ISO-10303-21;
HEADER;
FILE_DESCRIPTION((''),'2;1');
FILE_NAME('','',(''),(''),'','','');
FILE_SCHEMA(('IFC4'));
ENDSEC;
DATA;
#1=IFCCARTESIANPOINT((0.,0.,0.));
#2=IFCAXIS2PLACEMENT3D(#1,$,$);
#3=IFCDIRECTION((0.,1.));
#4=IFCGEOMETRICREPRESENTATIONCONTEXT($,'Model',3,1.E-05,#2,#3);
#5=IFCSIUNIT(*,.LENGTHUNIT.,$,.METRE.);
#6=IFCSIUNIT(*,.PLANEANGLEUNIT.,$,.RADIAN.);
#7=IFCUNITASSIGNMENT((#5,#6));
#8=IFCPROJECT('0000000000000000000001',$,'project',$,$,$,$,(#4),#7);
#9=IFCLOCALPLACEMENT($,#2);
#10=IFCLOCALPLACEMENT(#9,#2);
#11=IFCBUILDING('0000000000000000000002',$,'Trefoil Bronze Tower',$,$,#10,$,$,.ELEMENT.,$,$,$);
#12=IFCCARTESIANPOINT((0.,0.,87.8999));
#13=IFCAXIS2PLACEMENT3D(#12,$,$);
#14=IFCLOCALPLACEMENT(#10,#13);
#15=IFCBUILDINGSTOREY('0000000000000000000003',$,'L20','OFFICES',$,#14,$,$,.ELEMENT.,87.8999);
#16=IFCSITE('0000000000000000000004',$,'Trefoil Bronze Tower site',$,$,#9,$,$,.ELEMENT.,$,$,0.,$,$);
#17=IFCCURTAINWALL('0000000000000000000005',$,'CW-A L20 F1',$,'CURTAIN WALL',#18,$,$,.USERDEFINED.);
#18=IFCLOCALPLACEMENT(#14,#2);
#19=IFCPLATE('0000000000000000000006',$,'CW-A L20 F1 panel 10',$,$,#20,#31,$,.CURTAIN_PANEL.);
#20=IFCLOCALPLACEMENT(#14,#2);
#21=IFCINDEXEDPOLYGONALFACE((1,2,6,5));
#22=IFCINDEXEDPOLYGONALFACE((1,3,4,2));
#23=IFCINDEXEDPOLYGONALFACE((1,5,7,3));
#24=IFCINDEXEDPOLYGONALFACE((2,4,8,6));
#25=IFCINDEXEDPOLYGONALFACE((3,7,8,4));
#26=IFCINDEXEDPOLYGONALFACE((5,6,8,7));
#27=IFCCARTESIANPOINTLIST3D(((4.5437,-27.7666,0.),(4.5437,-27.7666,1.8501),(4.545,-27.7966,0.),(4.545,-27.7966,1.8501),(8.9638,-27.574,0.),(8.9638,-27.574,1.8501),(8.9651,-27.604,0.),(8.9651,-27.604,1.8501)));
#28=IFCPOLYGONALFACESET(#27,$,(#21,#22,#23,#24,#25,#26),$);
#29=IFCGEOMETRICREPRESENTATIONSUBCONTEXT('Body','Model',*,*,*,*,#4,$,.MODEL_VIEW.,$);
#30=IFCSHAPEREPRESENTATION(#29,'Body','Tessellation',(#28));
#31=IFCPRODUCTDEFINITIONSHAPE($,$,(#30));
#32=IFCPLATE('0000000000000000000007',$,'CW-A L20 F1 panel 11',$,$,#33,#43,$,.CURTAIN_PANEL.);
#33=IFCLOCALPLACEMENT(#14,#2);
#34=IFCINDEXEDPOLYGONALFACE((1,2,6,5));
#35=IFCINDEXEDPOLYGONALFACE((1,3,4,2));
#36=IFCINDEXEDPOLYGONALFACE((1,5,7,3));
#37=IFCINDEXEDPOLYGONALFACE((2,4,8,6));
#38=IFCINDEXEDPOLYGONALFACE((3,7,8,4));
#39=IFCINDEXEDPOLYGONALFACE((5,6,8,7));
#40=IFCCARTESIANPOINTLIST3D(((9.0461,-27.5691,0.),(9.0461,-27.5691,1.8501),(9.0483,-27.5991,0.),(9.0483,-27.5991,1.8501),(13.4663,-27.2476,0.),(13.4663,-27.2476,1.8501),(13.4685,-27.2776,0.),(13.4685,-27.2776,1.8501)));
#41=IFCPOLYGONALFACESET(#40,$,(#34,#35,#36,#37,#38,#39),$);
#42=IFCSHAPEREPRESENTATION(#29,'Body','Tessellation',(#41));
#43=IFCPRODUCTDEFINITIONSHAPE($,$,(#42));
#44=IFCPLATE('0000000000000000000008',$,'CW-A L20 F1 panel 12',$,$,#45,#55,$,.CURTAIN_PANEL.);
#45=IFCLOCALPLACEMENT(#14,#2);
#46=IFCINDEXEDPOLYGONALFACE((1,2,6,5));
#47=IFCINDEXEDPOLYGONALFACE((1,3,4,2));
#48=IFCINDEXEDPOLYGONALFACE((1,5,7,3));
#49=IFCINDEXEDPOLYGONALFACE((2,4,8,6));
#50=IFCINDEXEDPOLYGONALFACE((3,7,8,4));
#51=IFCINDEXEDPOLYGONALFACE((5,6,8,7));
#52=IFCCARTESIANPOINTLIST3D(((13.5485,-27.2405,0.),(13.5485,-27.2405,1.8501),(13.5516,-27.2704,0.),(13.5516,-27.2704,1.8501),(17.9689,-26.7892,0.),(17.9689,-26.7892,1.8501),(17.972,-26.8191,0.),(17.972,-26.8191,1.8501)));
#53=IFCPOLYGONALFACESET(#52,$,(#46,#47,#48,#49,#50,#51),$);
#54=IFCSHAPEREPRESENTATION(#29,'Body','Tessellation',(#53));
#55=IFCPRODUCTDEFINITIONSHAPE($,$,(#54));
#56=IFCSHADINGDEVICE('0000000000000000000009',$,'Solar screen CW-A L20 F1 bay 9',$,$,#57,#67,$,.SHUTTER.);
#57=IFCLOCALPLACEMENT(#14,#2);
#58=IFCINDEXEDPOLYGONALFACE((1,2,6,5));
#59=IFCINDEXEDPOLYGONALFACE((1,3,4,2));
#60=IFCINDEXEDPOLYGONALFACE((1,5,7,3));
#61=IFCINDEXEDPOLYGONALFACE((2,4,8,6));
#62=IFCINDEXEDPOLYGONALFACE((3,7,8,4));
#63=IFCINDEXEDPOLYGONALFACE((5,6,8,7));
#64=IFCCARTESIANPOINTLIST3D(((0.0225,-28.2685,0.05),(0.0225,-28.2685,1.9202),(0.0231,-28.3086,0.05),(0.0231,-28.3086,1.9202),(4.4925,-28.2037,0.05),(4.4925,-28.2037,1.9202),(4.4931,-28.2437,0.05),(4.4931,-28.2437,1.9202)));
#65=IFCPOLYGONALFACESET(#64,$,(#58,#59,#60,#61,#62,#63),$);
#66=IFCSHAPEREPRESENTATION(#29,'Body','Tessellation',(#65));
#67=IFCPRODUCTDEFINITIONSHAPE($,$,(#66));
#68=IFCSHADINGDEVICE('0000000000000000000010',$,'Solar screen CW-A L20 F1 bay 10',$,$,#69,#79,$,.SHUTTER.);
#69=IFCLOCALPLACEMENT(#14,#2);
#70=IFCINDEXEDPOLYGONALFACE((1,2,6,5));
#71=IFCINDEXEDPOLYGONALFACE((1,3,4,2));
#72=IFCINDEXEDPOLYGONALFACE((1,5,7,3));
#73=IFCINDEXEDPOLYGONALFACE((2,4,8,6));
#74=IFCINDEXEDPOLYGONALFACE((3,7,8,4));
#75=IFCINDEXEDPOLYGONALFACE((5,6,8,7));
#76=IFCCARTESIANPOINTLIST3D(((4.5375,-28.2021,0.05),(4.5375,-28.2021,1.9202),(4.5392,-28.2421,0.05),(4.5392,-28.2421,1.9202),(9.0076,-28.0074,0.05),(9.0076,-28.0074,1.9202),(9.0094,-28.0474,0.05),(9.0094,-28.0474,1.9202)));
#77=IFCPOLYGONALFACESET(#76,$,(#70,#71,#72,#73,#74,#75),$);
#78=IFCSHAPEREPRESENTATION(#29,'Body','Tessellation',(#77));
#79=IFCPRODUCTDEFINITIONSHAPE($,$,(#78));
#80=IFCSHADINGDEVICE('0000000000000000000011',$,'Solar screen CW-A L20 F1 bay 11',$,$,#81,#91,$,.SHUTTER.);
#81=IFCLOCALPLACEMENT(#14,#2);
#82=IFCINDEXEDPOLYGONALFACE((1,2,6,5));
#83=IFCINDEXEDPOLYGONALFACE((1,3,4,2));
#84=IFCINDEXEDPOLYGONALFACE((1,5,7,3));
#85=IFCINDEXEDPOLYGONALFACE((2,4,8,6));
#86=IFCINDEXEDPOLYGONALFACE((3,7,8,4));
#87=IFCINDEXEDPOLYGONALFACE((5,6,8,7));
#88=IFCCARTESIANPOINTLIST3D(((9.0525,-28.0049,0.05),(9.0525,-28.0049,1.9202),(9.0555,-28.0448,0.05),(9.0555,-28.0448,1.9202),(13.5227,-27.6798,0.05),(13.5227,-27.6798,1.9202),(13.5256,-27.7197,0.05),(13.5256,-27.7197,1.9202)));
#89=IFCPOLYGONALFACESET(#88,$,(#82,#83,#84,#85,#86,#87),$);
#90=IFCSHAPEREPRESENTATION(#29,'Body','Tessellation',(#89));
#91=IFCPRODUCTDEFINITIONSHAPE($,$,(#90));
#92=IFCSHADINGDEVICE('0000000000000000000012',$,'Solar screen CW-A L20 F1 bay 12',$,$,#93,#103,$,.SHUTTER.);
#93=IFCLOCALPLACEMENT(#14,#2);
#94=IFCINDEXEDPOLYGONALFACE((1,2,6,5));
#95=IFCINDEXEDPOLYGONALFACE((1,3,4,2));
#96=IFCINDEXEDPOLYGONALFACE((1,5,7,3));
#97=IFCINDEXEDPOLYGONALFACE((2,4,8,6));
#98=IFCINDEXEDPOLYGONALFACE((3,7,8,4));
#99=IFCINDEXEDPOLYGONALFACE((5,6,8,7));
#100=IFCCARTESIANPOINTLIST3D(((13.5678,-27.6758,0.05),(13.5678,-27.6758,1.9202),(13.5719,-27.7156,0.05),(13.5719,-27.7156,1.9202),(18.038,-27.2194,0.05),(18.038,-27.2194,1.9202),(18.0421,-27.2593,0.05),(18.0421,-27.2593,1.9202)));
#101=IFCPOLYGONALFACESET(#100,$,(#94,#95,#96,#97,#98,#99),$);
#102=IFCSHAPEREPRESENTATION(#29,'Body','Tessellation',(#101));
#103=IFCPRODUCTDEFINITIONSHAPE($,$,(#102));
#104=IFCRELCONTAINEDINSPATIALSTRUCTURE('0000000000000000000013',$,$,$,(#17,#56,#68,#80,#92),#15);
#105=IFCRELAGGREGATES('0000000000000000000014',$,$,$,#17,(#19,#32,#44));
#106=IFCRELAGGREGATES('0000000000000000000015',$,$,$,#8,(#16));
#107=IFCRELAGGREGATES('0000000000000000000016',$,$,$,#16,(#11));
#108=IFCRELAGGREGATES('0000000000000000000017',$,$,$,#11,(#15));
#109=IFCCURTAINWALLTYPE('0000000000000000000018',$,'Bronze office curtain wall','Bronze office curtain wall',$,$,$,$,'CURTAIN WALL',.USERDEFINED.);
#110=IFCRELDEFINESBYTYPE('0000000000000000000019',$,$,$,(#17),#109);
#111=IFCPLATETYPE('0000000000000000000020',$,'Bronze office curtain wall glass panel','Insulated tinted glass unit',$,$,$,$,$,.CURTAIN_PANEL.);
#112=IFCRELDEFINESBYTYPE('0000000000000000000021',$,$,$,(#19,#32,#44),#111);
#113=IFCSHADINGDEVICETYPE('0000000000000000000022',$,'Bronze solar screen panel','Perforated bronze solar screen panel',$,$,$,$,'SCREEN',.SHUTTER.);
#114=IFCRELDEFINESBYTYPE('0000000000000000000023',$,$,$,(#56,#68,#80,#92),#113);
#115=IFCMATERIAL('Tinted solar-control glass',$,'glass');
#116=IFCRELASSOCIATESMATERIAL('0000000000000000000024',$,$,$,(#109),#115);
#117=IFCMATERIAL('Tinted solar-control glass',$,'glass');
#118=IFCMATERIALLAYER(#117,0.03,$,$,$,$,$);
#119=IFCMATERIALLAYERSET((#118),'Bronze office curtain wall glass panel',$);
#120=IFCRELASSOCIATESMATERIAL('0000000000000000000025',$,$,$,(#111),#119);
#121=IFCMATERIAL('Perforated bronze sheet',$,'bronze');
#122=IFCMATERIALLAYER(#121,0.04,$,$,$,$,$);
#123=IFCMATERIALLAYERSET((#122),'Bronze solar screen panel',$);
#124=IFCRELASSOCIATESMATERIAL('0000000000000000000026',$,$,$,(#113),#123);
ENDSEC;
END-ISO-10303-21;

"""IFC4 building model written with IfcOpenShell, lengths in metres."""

from ifc_helpers import new_model, si_unit, direction, frame, origin, origin_2d, place, context, subcontext, project, spatial, rectangle, extrude, material, layer, layer_set, type_object, element, aggregate, save


model = new_model("IFC4")

# Units and contexts
model_context = context("Model", 3, precision=1e-05, world=origin(), true_north=direction((0.0, 1.0)))
body_context = subcontext(model_context, "Body", "Model", "MODEL_VIEW")
ifc_project = project(units=[si_unit("LENGTHUNIT", "METRE"), si_unit("PLANEANGLEUNIT", "RADIAN")], contexts=[model_context])

# Site, building, storey
site_placement = place(None, origin())
site = spatial("IfcSite", under=ifc_project, at=site_placement, Name="Trefoil Bronze Tower site", CompositionType="ELEMENT", RefElevation=0.0)
building_placement = place(site_placement, origin())
building = spatial("IfcBuilding", under=site, at=building_placement, Name="Trefoil Bronze Tower", CompositionType="ELEMENT")
storey_placement = place(building_placement, frame((0.0, 0.0, 87.8999)))
storey = spatial("IfcBuildingStorey", under=building, at=storey_placement, Name="L20", Description="OFFICES", CompositionType="ELEMENT", Elevation=87.8999)

# Curtain wall
ifc_material_1 = material(Name="Tinted solar-control glass", Category="glass")
curtain_wall_type = type_object("IfcCurtainWallType", Name="Bronze office curtain wall", Description="Bronze office curtain wall", ElementType="CURTAIN WALL", PredefinedType="USERDEFINED", material=ifc_material_1)
curtain_wall_placement = place(storey_placement, origin())
curtain_wall = element("IfcCurtainWall", 1, at=curtain_wall_placement, inside=storey, type_object=curtain_wall_type, Name="CW-A L20 F1", ObjectType="CURTAIN WALL", PredefinedType="USERDEFINED")

# Plates
ifc_material_2 = material(Name="Tinted solar-control glass", Category="glass")
ifc_layer_1 = layer(ifc_material_2, 0.03)
ifc_layer_set_1 = layer_set([ifc_layer_1], Name="Bronze office curtain wall glass panel")
plate_type = type_object("IfcPlateType", Name="Bronze office curtain wall glass panel", Description="Insulated tinted glass unit", PredefinedType="CURTAIN_PANEL", material=ifc_layer_set_1)
plate_1_placement = place(storey_placement, frame((6.7544, -27.6853, 0.0), z_axis=(0.0, 0.0, 1.0), x_axis=(0.999052, 0.043528, 0.0)))
plate_1 = element("IfcPlate", 2, at=plate_1_placement, type_object=plate_type, Name="CW-A L20 F1 panel 10", PredefinedType="CURTAIN_PANEL", context=body_context, shape_type="SweptSolid", body=[
    extrude(rectangle(XDim=4.4243, YDim=0.03, at=origin_2d()), origin(), (0.0, 0.0, 1.0), 1.8501),
])
plate_2_placement = place(storey_placement, frame((11.2573, -27.4233, 0.0), z_axis=(0.0, 0.0, 1.0), x_axis=(0.997365, 0.072547, 0.0)))
plate_2 = element("IfcPlate", 3, at=plate_2_placement, type_object=plate_type, Name="CW-A L20 F1 panel 11", PredefinedType="CURTAIN_PANEL", context=body_context, shape_type="SweptSolid", body=[
    extrude(rectangle(XDim=4.4319, YDim=0.03, at=origin_2d()), origin(), (0.0, 0.0, 1.0), 1.8501),
])
plate_3_placement = place(storey_placement, frame((15.7603, -27.0298, 0.0), z_axis=(0.0, 0.0, 1.0), x_axis=(0.994829, 0.101565, 0.0)))
plate_3 = element("IfcPlate", 4, at=plate_3_placement, type_object=plate_type, Name="CW-A L20 F1 panel 12", PredefinedType="CURTAIN_PANEL", context=body_context, shape_type="SweptSolid", body=[
    extrude(rectangle(XDim=4.4434, YDim=0.03, at=origin_2d()), origin(), (0.0, 0.0, 1.0), 1.8501),
])
aggregate(curtain_wall, [plate_1, plate_2, plate_3])

# Shading devices
ifc_material_3 = material(Name="Perforated bronze sheet", Category="bronze")
ifc_layer_2 = layer(ifc_material_3, 0.04)
ifc_layer_set_2 = layer_set([ifc_layer_2], Name="Bronze solar screen panel")
shading_device_type = type_object("IfcShadingDeviceType", Name="Bronze solar screen panel", Description="Perforated bronze solar screen panel", ElementType="SCREEN", PredefinedType="SHUTTER", material=ifc_layer_set_2)
shading_device_1_placement = place(storey_placement, frame((2.2578, -28.2561, 0.05), z_axis=(0.0, 0.0, 1.0), x_axis=(0.999895, 0.014509, 0.0)))
element("IfcShadingDevice", 5, at=shading_device_1_placement, inside=storey, type_object=shading_device_type, Name="Solar screen CW-A L20 F1 bay 9", PredefinedType="SHUTTER", context=body_context, shape_type="SweptSolid", body=[
    extrude(rectangle(XDim=4.4705, YDim=0.04, at=origin_2d()), origin(), (0.0, 0.0, 1.0), 1.8701),
])
shading_device_2_placement = place(storey_placement, frame((6.7734, -28.1248, 0.05), z_axis=(0.0, 0.0, 1.0), x_axis=(0.999052, 0.043528, 0.0)))
element("IfcShadingDevice", 6, at=shading_device_2_placement, inside=storey, type_object=shading_device_type, Name="Solar screen CW-A L20 F1 bay 10", PredefinedType="SHUTTER", context=body_context, shape_type="SweptSolid", body=[
    extrude(rectangle(XDim=4.4744, YDim=0.04, at=origin_2d()), origin(), (0.0, 0.0, 1.0), 1.8701),
])
shading_device_3_placement = place(storey_placement, frame((11.2891, -27.8623, 0.05), z_axis=(0.0, 0.0, 1.0), x_axis=(0.997365, 0.072547, 0.0)))
element("IfcShadingDevice", 7, at=shading_device_3_placement, inside=storey, type_object=shading_device_type, Name="Solar screen CW-A L20 F1 bay 11", PredefinedType="SHUTTER", context=body_context, shape_type="SweptSolid", body=[
    extrude(rectangle(XDim=4.4819, YDim=0.04, at=origin_2d()), origin(), (0.0, 0.0, 1.0), 1.8701),
])
shading_device_4_placement = place(storey_placement, frame((15.8049, -27.4675, 0.05), z_axis=(0.0, 0.0, 1.0), x_axis=(0.994829, 0.101565, 0.0)))
element("IfcShadingDevice", 8, at=shading_device_4_placement, inside=storey, type_object=shading_device_type, Name="Solar screen CW-A L20 F1 bay 12", PredefinedType="SHUTTER", context=body_context, shape_type="SweptSolid", body=[
    extrude(rectangle(XDim=4.4934, YDim=0.04, at=origin_2d()), origin(), (0.0, 0.0, 1.0), 1.8701),
])

save(model, "model.ifc")
